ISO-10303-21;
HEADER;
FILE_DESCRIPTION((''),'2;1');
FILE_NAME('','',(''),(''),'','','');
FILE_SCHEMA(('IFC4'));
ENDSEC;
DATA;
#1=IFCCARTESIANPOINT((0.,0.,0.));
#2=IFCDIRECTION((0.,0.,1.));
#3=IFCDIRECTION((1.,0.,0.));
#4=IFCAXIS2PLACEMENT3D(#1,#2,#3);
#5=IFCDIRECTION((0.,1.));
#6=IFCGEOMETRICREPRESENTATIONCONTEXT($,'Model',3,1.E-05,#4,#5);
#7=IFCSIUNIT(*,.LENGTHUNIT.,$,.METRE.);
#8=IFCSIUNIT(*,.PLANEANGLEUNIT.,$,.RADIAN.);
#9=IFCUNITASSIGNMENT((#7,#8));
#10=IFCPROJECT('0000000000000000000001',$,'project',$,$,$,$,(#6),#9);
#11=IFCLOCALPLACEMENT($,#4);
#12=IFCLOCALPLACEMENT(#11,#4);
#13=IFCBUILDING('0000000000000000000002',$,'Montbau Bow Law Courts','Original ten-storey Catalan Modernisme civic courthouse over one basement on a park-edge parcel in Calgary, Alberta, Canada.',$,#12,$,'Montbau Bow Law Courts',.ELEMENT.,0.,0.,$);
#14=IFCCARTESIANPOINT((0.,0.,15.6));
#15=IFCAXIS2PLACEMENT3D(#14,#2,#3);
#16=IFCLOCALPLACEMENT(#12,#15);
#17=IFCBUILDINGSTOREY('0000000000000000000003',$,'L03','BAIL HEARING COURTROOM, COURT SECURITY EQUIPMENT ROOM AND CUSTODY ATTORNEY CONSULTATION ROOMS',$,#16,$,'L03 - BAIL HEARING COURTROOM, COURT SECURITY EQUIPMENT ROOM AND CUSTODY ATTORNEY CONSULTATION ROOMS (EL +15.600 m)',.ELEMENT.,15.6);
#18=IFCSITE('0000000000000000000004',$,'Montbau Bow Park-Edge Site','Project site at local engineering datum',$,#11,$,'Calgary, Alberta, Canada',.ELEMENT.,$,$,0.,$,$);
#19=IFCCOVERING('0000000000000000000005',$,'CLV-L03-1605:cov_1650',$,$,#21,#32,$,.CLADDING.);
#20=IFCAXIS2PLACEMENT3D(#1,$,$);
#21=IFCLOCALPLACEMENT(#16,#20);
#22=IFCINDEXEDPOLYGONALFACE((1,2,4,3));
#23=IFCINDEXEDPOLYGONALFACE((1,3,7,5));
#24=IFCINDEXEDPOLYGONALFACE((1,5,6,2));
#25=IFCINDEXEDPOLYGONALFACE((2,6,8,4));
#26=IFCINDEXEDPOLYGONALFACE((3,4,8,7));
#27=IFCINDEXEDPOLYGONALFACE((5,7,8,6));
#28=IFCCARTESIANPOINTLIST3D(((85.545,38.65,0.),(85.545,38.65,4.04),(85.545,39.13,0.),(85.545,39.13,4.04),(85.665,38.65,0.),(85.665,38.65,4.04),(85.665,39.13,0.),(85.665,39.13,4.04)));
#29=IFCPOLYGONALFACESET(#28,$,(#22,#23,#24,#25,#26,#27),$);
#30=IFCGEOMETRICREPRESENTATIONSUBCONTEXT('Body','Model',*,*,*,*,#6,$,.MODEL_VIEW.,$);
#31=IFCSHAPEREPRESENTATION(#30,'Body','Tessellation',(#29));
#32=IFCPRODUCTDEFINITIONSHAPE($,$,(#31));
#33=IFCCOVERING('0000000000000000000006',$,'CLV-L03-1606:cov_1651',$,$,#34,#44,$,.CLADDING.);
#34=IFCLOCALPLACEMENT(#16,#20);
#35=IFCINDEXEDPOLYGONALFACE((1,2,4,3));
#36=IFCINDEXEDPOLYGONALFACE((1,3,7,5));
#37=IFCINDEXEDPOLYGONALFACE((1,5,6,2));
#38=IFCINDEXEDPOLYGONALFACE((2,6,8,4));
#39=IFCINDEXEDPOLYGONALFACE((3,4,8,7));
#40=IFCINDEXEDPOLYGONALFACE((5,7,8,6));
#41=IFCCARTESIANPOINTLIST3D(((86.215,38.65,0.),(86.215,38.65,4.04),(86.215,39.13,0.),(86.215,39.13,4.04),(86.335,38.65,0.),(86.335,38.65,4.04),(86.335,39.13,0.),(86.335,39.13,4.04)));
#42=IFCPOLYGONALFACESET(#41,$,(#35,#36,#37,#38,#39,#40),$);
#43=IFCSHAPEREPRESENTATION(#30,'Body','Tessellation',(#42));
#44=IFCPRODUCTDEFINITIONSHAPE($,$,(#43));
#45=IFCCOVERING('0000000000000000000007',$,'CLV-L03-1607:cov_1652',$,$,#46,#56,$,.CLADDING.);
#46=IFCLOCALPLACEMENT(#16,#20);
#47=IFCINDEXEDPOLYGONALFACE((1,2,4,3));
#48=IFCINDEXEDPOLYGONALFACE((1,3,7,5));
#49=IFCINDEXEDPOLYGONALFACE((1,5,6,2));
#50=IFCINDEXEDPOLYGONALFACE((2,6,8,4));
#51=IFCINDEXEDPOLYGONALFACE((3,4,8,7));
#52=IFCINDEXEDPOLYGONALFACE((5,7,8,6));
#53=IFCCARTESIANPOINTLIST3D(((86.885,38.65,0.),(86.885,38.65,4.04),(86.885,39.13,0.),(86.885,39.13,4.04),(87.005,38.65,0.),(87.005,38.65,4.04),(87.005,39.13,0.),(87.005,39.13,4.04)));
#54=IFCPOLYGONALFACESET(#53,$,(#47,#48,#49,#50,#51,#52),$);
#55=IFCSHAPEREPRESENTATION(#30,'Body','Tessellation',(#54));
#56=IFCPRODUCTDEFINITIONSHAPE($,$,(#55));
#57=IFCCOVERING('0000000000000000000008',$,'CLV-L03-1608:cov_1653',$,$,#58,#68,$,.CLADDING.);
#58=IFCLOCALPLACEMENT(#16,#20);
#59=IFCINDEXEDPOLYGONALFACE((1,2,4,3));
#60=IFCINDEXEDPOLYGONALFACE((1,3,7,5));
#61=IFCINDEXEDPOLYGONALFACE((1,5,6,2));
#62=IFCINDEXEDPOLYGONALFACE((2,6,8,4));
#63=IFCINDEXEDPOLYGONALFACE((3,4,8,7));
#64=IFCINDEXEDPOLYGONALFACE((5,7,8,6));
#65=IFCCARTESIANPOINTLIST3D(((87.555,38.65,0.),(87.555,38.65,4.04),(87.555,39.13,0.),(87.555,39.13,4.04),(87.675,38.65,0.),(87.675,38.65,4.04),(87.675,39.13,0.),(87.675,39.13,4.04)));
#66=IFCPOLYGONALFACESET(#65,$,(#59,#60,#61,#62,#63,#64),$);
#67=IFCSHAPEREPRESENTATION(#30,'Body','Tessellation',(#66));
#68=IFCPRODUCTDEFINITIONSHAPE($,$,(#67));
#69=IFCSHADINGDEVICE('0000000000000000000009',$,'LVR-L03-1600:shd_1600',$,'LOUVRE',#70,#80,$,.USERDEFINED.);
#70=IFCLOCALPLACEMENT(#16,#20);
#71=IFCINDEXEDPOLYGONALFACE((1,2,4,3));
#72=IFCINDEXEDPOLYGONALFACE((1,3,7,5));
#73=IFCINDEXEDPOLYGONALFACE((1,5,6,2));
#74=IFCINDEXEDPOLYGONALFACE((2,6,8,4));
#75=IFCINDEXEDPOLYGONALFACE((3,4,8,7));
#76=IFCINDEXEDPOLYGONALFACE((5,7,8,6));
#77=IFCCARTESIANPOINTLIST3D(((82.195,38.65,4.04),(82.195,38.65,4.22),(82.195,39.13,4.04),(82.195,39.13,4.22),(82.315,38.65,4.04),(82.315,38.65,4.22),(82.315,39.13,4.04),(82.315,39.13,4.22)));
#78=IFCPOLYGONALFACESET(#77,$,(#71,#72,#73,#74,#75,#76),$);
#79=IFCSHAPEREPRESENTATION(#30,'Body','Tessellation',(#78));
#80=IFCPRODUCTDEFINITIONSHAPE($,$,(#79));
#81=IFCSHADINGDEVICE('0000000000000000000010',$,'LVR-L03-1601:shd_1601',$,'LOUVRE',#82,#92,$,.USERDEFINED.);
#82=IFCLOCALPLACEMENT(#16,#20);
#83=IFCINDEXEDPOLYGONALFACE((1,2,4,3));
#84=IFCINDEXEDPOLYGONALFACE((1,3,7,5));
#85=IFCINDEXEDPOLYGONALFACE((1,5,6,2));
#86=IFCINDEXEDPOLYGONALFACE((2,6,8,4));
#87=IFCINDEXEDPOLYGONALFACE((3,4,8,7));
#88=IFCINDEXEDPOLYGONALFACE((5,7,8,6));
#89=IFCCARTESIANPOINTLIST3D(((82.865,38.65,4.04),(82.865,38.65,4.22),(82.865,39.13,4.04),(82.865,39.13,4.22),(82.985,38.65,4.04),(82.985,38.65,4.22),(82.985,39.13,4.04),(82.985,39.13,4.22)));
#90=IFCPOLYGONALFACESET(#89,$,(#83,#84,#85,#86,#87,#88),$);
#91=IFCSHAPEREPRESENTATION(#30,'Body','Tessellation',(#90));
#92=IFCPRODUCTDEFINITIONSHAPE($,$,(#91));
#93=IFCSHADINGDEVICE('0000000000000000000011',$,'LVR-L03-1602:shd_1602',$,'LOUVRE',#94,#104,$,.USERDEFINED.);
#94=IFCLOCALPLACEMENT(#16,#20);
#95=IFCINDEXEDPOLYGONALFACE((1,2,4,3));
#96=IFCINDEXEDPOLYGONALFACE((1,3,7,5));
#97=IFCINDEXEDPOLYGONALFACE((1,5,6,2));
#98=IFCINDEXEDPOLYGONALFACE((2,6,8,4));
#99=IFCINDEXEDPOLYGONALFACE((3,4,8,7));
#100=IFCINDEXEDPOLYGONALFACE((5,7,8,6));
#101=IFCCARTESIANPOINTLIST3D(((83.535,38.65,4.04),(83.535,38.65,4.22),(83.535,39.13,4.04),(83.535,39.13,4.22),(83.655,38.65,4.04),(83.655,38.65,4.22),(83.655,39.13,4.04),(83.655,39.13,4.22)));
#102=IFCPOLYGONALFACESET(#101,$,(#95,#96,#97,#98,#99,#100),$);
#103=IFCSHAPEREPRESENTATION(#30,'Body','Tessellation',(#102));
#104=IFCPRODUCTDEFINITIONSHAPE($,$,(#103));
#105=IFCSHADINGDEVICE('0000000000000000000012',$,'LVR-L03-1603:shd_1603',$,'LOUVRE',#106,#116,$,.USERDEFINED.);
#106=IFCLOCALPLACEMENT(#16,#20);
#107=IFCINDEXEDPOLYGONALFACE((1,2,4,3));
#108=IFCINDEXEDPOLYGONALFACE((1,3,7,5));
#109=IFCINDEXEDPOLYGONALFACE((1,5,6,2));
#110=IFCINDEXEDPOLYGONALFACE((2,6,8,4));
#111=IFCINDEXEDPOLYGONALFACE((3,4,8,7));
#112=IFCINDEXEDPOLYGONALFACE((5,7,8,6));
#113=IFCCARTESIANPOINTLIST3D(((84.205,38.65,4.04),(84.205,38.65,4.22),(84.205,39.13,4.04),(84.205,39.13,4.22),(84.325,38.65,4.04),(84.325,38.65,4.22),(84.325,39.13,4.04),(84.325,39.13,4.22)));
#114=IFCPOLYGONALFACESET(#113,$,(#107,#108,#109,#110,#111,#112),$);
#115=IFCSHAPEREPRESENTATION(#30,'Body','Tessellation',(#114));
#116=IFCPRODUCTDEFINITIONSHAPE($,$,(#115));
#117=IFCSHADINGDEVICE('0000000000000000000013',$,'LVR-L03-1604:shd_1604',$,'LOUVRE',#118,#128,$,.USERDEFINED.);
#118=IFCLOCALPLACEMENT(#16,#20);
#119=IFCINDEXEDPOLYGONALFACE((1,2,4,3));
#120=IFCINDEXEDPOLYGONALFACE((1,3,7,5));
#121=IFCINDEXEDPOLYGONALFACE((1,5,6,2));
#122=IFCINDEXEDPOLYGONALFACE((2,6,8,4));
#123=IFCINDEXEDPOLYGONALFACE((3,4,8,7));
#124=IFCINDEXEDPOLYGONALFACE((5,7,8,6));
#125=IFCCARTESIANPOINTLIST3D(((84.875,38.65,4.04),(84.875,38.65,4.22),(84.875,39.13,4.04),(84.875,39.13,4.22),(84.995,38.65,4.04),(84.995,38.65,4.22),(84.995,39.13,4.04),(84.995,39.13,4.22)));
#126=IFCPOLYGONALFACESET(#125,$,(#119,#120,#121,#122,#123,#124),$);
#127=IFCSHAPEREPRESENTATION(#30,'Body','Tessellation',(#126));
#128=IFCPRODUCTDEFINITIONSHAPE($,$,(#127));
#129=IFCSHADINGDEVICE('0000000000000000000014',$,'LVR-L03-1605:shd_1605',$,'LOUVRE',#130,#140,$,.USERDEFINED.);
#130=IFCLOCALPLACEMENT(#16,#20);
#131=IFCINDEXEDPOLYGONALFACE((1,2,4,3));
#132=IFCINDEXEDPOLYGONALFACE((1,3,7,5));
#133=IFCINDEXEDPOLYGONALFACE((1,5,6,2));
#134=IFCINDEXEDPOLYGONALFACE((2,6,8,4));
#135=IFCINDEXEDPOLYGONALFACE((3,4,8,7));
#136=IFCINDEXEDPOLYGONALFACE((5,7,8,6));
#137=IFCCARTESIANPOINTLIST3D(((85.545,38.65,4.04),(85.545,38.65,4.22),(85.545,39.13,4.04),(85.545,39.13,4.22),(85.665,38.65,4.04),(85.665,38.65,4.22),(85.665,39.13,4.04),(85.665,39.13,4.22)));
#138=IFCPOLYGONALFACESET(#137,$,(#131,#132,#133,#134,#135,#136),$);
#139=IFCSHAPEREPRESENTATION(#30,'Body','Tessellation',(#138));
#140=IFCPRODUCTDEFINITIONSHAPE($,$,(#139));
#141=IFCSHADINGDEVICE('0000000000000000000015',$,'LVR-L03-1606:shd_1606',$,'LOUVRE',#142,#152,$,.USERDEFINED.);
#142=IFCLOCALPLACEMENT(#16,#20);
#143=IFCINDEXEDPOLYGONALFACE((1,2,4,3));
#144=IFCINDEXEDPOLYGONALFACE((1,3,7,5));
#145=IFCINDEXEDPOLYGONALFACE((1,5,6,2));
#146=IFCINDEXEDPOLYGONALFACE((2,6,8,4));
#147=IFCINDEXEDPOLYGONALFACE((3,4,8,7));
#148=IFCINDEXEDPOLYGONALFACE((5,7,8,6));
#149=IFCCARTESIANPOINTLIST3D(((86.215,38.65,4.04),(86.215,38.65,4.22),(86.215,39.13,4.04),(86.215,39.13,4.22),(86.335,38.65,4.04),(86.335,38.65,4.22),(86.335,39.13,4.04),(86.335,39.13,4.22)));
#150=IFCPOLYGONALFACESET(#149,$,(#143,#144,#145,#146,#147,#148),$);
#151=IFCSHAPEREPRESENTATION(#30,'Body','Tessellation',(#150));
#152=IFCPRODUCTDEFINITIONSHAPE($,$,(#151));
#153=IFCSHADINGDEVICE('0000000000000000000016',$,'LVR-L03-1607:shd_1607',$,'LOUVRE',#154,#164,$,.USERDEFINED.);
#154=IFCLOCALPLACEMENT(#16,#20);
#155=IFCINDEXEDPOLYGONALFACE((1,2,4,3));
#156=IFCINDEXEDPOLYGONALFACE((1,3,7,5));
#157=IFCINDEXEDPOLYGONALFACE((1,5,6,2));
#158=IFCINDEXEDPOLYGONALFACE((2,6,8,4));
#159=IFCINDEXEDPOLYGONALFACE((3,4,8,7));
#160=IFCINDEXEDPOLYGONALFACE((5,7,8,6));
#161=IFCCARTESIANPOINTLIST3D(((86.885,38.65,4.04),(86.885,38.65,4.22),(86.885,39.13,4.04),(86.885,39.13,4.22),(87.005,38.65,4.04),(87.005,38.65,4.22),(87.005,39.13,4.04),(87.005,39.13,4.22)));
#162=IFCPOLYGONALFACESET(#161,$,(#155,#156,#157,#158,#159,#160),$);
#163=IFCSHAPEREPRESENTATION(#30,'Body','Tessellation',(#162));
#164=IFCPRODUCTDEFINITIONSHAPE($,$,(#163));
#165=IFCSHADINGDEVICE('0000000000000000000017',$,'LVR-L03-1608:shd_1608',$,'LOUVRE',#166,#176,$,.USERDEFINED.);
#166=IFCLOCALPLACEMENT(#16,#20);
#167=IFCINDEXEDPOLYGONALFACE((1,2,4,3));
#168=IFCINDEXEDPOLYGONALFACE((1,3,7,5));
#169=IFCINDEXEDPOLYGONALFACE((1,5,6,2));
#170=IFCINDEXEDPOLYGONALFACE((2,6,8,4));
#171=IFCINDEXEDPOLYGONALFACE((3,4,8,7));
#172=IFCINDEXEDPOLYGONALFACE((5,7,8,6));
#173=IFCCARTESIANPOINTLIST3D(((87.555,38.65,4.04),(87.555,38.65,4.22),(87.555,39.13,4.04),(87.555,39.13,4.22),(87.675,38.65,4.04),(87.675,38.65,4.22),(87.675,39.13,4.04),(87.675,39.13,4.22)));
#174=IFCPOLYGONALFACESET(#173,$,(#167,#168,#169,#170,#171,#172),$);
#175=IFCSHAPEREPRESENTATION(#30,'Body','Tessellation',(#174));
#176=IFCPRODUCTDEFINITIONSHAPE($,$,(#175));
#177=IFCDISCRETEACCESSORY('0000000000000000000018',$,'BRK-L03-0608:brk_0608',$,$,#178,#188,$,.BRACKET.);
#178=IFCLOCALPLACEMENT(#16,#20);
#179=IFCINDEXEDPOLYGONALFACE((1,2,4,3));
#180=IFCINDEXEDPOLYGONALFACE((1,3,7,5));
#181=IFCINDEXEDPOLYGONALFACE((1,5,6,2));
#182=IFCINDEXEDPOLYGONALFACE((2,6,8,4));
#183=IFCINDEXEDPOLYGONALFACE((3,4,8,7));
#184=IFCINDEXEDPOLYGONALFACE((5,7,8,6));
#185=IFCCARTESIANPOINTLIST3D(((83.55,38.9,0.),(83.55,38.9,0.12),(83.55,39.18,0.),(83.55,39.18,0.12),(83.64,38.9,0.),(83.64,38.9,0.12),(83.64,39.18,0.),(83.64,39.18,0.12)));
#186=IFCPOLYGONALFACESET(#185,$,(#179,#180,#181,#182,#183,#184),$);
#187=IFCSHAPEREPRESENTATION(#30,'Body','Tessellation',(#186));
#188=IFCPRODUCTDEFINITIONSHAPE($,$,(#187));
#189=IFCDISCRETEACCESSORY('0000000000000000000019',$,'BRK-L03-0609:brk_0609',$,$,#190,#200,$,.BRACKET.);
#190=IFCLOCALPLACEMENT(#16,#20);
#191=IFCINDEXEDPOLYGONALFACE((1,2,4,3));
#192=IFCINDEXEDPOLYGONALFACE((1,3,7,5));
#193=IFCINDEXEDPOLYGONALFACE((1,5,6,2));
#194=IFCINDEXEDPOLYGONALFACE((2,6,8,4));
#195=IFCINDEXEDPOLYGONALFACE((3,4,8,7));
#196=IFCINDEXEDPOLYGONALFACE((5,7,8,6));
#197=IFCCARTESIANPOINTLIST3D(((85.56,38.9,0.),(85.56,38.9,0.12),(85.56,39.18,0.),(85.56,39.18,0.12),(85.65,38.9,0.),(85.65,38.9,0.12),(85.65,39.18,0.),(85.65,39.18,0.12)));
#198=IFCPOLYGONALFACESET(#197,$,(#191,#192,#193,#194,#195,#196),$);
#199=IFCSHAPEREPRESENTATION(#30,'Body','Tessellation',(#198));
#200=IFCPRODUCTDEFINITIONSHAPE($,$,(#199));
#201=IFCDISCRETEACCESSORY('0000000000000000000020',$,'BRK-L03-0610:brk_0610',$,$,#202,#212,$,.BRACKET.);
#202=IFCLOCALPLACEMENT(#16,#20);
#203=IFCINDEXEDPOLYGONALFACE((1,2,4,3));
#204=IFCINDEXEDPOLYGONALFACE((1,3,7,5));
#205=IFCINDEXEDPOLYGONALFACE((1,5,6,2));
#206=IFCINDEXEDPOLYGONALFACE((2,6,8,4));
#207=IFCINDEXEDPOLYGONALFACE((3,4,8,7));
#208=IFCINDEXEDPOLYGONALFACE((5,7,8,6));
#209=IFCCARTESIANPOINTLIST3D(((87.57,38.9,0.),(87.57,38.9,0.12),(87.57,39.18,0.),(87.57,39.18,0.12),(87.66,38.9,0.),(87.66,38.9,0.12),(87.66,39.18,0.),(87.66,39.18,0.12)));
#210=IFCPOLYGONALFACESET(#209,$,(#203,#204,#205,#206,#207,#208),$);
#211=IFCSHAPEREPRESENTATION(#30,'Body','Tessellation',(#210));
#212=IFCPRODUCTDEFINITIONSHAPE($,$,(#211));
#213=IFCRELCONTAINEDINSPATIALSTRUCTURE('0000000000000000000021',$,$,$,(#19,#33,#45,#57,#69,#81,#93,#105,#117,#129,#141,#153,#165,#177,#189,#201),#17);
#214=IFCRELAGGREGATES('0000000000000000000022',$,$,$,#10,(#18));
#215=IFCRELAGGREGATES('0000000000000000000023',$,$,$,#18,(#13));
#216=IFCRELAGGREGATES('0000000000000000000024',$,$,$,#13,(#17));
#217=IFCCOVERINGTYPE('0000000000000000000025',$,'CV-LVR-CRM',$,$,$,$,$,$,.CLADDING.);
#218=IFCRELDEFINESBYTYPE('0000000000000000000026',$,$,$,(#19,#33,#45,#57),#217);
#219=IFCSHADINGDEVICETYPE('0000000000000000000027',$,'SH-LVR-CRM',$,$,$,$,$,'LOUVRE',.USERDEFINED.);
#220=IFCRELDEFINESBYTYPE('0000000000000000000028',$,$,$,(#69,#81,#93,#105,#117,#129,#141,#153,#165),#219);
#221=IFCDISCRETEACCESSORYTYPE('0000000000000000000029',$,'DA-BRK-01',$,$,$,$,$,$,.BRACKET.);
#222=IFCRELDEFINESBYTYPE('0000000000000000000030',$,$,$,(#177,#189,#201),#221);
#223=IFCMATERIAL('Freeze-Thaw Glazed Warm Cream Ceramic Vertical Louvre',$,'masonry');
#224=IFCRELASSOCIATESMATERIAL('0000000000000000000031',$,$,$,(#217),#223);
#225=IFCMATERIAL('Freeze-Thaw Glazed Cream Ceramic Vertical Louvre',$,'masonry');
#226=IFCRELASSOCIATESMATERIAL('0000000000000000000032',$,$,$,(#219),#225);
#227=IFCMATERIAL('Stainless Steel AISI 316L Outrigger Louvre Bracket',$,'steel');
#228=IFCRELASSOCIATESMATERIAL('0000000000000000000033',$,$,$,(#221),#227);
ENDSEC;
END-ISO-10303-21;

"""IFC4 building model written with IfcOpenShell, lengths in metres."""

from ifc_helpers import new_model, si_unit, direction, frame, frame_2d, origin_with_axes, origin_2d_with_axis, place, context, subcontext, project, spatial, rectangle, extrude, material, type_object, element, save


model = new_model("IFC4")

# Units and contexts
model_context = context("Model", 3, precision=1e-05, world=origin_with_axes(), true_north=direction((0.0, 1.0)))
body_context = subcontext(model_context, "Body", "Model", "MODEL_VIEW")
ifc_project = project(units=[si_unit("LENGTHUNIT", "METRE"), si_unit("PLANEANGLEUNIT", "RADIAN")], contexts=[model_context])

# Site, building, storey
site_placement = place(None, origin_with_axes())
site = spatial("IfcSite", under=ifc_project, at=site_placement, Name="Montbau Bow Park-Edge Site", Description="Project site at local engineering datum", LongName="Calgary, Alberta, Canada", CompositionType="ELEMENT", RefElevation=0.0)
building_placement = place(site_placement, origin_with_axes())
building = spatial("IfcBuilding", under=site, at=building_placement, Name="Montbau Bow Law Courts", Description="Original ten-storey Catalan Modernisme civic courthouse over one basement on a park-edge parcel in Calgary, Alberta, Canada.", LongName="Montbau Bow Law Courts", CompositionType="ELEMENT", ElevationOfRefHeight=0.0, ElevationOfTerrain=0.0)
storey_placement = place(building_placement, frame((0.0, 0.0, 15.6), z_axis=(0.0, 0.0, 1.0), x_axis=(1.0, 0.0, 0.0)))
storey = spatial("IfcBuildingStorey", under=building, at=storey_placement, Name="L03", Description="BAIL HEARING COURTROOM, COURT SECURITY EQUIPMENT ROOM AND CUSTODY ATTORNEY CONSULTATION ROOMS", LongName="L03 - BAIL HEARING COURTROOM, COURT SECURITY EQUIPMENT ROOM AND CUSTODY ATTORNEY CONSULTATION ROOMS (EL +15.600 m)", CompositionType="ELEMENT", Elevation=15.6)

# Coverings
ifc_material_1 = material(Name="Freeze-Thaw Glazed Warm Cream Ceramic Vertical Louvre", Category="masonry")
covering_type = type_object("IfcCoveringType", Name="CV-LVR-CRM", PredefinedType="CLADDING", material=ifc_material_1)
for number, where, z_axis, x_axis, name in (
    (1, (85.605, 39.13, 15.6), (-1.0, 0.0, 0.0), (0.0, -1.0, 0.0), "CLV-L03-1605:cov_1650"),
    (2, (86.275, 39.13, 15.6), (-1.0, 0.0, 0.0), (0.0, -1.0, 0.0), "CLV-L03-1606:cov_1651"),
    (3, (86.945, 39.13, 15.6), (-1.0, 0.0, 0.0), (0.0, -1.0, 0.0), "CLV-L03-1607:cov_1652"),
    (4, (87.615, 39.13, 15.6), (-1.0, 0.0, 0.0), (0.0, -1.0, 0.0), "CLV-L03-1608:cov_1653"),
):
    element("IfcCovering", number, at=place(None, frame(where, z_axis=z_axis, x_axis=x_axis)), inside=storey, type_object=covering_type, Name=name, PredefinedType="CLADDING", context=body_context, shape_type="SweptSolid", body=[
        extrude(rectangle(XDim=0.48, YDim=4.04, at=frame_2d((0.24, 2.02), x_axis=(1.0, 0.0))), frame((0.0, 0.0, -0.06), z_axis=(0.0, 0.0, 1.0), x_axis=(1.0, 0.0, 0.0)), (0.0, 0.0, 1.0), 0.12),
    ])

# Shading devices
ifc_material_2 = material(Name="Freeze-Thaw Glazed Cream Ceramic Vertical Louvre", Category="masonry")
shading_device_type = type_object("IfcShadingDeviceType", Name="SH-LVR-CRM", ElementType="LOUVRE", PredefinedType="USERDEFINED", material=ifc_material_2)
for number, where, z_axis, x_axis, name in (
    (5, (82.255, 38.89, 19.64), (0.0, 0.0, 1.0), (0.0, -1.0, 0.0), "LVR-L03-1600:shd_1600"),
    (6, (82.925, 38.89, 19.64), (0.0, 0.0, 1.0), (0.0, -1.0, 0.0), "LVR-L03-1601:shd_1601"),
    (7, (83.595, 38.89, 19.64), (0.0, 0.0, 1.0), (0.0, -1.0, 0.0), "LVR-L03-1602:shd_1602"),
    (8, (84.265, 38.89, 19.64), (0.0, 0.0, 1.0), (0.0, -1.0, 0.0), "LVR-L03-1603:shd_1603"),
    (9, (84.935, 38.89, 19.64), (0.0, 0.0, 1.0), (0.0, -1.0, 0.0), "LVR-L03-1604:shd_1604"),
    (10, (85.605, 38.89, 19.64), (0.0, 0.0, 1.0), (0.0, -1.0, 0.0), "LVR-L03-1605:shd_1605"),
    (11, (86.275, 38.89, 19.64), (0.0, 0.0, 1.0), (0.0, -1.0, 0.0), "LVR-L03-1606:shd_1606"),
    (12, (86.945, 38.89, 19.64), (0.0, 0.0, 1.0), (0.0, -1.0, 0.0), "LVR-L03-1607:shd_1607"),
    (13, (87.615, 38.89, 19.64), (0.0, 0.0, 1.0), (0.0, -1.0, 0.0), "LVR-L03-1608:shd_1608"),
):
    element("IfcShadingDevice", number, at=place(None, frame(where, z_axis=z_axis, x_axis=x_axis)), inside=storey, type_object=shading_device_type, Name=name, ObjectType="LOUVRE", PredefinedType="USERDEFINED", context=body_context, shape_type="SweptSolid", body=[
        extrude(rectangle(XDim=0.48, YDim=0.12, at=origin_2d_with_axis()), origin_with_axes(), (0.0, 0.0, 1.0), 0.18),
    ])

# Discrete accessories
ifc_material_3 = material(Name="Stainless Steel AISI 316L Outrigger Louvre Bracket", Category="steel")
discrete_accessory_type = type_object("IfcDiscreteAccessoryType", Name="DA-BRK-01", PredefinedType="BRACKET", material=ifc_material_3)
for number, where, z_axis, x_axis, name in (
    (14, (83.595, 39.04, 15.6), (0.0, 0.0, 1.0), (0.0, -1.0, 0.0), "BRK-L03-0608:brk_0608"),
    (15, (85.605, 39.04, 15.6), (0.0, 0.0, 1.0), (0.0, -1.0, 0.0), "BRK-L03-0609:brk_0609"),
    (16, (87.615, 39.04, 15.6), (0.0, 0.0, 1.0), (0.0, -1.0, 0.0), "BRK-L03-0610:brk_0610"),
):
    element("IfcDiscreteAccessory", number, at=place(None, frame(where, z_axis=z_axis, x_axis=x_axis)), inside=storey, type_object=discrete_accessory_type, Name=name, PredefinedType="BRACKET", context=body_context, shape_type="SweptSolid", body=[
        extrude(rectangle(XDim=0.28, YDim=0.09, at=origin_2d_with_axis()), origin_with_axes(), (0.0, 0.0, 1.0), 0.12),
    ])

save(model, "model.ifc")
